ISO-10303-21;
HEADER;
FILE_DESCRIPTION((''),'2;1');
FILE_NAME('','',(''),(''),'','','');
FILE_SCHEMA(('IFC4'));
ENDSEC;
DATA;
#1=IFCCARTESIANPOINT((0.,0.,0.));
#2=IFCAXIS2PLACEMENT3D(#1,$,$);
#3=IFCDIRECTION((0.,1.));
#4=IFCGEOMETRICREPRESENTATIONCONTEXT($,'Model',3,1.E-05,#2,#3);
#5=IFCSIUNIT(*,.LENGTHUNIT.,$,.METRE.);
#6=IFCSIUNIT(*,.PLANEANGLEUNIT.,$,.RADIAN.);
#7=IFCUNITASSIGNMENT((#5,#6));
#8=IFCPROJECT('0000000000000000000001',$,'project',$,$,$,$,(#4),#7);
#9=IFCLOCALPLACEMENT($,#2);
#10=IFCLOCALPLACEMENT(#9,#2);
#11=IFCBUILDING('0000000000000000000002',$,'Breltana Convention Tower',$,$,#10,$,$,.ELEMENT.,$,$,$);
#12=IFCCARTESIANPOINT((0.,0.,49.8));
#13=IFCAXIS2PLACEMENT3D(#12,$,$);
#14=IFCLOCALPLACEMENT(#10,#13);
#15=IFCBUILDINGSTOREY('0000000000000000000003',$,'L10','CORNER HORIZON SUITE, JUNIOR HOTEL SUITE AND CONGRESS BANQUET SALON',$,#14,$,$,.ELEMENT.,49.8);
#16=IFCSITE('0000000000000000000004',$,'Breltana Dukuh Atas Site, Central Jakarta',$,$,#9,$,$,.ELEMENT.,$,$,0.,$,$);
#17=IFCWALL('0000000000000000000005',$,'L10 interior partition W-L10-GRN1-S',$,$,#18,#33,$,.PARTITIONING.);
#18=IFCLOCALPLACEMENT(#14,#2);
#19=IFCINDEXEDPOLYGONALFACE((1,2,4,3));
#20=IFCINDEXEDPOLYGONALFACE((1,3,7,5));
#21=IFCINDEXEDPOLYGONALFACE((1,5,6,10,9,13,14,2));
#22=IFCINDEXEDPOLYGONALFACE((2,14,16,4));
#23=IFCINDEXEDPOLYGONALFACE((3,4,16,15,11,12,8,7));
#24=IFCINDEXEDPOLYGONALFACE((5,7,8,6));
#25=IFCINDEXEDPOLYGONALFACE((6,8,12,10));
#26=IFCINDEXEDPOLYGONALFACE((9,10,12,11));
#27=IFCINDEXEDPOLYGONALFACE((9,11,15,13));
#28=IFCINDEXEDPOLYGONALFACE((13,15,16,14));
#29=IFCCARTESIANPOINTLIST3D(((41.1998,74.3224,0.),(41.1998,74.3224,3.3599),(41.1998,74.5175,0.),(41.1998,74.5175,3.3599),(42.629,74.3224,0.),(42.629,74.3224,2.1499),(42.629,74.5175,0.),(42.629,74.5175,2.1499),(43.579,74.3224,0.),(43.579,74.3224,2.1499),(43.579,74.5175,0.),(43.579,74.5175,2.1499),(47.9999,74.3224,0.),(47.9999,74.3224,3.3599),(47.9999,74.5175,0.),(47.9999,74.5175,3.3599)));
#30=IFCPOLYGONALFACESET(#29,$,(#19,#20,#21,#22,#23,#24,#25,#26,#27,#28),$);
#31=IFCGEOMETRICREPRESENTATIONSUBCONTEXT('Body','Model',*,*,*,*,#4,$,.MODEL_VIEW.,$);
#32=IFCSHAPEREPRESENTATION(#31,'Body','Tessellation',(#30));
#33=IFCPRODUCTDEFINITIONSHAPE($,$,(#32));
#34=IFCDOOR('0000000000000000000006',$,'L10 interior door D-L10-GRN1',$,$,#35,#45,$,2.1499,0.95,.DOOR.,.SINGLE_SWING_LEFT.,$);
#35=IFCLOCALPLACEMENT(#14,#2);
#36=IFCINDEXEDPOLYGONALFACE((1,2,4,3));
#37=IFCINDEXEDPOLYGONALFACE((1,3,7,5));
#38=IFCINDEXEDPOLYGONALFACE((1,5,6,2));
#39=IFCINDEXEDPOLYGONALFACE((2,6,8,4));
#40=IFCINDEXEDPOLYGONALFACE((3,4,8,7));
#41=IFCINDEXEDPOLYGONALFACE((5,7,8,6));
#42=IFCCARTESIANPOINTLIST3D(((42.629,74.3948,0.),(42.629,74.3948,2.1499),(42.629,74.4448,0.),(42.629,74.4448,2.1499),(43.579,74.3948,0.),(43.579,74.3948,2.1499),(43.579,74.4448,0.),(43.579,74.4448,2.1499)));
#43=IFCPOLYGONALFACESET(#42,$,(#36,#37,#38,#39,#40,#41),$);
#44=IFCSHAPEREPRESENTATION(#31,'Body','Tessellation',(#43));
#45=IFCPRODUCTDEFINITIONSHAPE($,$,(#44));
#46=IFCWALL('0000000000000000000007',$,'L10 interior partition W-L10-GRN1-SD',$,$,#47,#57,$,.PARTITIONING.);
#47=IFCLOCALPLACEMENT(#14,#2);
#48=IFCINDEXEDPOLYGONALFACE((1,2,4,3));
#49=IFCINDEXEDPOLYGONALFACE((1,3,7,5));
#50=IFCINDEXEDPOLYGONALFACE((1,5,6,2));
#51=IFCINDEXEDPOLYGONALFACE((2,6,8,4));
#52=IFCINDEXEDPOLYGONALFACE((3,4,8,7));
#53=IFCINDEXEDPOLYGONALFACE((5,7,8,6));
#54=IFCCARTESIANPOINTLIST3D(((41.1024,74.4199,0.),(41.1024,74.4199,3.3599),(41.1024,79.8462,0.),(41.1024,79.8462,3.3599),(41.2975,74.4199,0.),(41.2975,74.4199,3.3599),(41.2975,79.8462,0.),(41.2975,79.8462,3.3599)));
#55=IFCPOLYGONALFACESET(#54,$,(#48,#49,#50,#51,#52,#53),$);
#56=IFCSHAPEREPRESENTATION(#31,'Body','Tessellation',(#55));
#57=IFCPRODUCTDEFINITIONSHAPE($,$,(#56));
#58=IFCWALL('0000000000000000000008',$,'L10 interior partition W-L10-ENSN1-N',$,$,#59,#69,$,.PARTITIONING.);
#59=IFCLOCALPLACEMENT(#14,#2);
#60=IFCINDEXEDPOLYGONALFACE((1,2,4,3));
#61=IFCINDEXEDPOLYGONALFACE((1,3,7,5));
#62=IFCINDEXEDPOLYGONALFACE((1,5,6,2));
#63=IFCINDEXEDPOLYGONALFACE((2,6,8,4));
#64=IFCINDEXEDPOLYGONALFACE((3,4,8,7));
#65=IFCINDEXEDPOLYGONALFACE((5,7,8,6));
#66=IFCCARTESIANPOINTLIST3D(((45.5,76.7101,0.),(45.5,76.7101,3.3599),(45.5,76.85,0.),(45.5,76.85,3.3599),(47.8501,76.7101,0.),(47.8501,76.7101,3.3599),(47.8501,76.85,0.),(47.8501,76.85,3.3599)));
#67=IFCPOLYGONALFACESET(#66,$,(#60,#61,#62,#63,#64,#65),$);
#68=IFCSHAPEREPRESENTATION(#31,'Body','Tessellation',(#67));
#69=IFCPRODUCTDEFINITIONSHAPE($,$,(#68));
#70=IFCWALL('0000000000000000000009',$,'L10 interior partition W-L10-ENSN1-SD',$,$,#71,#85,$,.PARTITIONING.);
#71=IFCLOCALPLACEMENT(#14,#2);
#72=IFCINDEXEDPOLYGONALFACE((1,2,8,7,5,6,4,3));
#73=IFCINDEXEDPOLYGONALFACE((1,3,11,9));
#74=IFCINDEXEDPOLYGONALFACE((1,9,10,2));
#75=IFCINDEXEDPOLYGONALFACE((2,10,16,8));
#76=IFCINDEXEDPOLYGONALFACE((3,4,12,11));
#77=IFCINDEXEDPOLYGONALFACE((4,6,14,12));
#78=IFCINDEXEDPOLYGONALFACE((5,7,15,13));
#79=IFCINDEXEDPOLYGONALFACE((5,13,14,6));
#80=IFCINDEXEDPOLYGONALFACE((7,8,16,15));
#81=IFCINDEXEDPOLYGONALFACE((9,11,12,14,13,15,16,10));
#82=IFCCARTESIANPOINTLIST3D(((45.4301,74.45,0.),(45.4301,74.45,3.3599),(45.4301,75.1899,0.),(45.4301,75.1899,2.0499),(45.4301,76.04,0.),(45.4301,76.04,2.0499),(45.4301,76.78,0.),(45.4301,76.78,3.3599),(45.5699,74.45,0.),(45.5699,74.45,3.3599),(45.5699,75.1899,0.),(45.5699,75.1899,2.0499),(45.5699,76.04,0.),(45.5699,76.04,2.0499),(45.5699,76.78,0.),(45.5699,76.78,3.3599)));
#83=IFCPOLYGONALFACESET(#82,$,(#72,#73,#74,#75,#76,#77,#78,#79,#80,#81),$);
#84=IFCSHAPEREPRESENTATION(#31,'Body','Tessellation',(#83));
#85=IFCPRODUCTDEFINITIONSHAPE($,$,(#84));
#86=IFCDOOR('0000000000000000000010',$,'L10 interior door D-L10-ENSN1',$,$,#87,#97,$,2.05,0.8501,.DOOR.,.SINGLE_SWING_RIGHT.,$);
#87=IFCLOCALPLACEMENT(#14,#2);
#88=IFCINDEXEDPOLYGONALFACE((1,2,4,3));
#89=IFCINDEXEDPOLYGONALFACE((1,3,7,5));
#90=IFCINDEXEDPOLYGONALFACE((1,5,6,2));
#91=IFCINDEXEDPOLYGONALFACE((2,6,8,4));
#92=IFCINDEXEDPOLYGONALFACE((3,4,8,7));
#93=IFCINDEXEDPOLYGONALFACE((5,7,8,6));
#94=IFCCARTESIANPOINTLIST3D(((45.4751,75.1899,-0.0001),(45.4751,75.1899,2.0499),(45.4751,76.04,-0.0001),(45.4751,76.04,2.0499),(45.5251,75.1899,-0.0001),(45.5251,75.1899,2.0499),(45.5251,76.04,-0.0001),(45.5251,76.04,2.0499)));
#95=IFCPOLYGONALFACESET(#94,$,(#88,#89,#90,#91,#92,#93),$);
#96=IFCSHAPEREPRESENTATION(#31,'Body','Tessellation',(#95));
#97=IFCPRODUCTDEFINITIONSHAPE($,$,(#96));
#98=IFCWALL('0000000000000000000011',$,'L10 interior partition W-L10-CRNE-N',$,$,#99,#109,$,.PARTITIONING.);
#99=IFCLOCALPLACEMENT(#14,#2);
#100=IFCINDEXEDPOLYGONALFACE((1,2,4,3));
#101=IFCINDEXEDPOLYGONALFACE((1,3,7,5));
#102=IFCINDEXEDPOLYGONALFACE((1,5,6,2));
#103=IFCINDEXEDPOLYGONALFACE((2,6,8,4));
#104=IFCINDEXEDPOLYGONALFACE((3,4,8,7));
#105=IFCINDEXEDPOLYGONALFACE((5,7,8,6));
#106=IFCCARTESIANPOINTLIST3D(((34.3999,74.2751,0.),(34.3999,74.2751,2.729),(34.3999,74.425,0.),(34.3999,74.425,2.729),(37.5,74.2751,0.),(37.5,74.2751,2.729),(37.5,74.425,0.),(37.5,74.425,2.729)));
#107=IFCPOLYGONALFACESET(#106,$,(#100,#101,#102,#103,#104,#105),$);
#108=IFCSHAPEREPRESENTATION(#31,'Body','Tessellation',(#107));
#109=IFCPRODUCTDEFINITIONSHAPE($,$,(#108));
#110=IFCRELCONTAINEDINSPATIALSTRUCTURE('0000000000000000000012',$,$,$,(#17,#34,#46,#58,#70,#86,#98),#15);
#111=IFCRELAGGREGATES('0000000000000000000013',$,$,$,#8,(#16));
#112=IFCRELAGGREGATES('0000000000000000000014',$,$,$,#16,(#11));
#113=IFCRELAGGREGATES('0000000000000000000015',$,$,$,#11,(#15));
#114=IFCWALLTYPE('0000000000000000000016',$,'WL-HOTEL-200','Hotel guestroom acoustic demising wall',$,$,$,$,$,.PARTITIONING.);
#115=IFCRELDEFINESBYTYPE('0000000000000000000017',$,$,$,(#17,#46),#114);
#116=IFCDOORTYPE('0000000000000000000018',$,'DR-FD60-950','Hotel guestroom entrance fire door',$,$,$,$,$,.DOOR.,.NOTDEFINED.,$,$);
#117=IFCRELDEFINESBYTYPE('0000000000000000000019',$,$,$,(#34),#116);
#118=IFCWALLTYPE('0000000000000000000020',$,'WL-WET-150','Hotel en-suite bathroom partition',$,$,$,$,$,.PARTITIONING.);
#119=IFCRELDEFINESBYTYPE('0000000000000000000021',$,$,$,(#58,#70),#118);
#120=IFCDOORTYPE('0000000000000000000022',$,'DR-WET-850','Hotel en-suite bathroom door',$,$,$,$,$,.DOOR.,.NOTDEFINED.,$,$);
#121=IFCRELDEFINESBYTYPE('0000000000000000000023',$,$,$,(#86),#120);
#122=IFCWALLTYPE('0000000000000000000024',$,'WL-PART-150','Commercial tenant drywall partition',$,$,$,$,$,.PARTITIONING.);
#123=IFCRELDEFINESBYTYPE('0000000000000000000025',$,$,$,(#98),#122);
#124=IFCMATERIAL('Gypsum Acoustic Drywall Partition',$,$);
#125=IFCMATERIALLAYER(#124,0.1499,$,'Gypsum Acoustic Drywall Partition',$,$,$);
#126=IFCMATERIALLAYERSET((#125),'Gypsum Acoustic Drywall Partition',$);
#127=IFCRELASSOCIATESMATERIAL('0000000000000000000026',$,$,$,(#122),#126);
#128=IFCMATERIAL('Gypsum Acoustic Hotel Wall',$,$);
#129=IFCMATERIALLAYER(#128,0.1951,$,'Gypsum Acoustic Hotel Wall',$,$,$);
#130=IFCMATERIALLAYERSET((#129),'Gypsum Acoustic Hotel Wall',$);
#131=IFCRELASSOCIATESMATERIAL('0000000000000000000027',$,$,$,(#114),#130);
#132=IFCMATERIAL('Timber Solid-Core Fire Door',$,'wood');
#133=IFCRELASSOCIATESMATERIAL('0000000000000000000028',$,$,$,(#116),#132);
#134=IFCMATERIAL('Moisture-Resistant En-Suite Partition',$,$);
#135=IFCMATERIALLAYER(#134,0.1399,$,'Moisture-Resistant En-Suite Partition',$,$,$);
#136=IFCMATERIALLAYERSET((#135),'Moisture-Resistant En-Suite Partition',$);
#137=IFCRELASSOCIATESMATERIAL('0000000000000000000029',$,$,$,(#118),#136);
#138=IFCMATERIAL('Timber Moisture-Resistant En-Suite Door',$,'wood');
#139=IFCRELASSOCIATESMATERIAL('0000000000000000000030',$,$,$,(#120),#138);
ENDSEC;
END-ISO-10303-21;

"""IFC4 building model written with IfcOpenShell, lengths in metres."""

from ifc_helpers import new_model, si_unit, direction, frame, frame_2d, origin, place, context, subcontext, project, spatial, rectangle, extrude, source, transform, mapped, material, layer, layer_set, type_object, type_shapes, element, fill, save


model = new_model("IFC4")

# Units and contexts
model_context = context("Model", 3, precision=1e-05, world=origin(), true_north=direction((0.0, 1.0)))
body_context = subcontext(model_context, "Body", "Model", "MODEL_VIEW")
ifc_project = project(units=[si_unit("LENGTHUNIT", "METRE"), si_unit("PLANEANGLEUNIT", "RADIAN")], contexts=[model_context])

# Site, building, storey
site_placement = place(None, origin())
site = spatial("IfcSite", under=ifc_project, at=site_placement, Name="Breltana Dukuh Atas Site, Central Jakarta", CompositionType="ELEMENT", RefElevation=0.0)
building_placement = place(site_placement, origin())
building = spatial("IfcBuilding", under=site, at=building_placement, Name="Breltana Convention Tower", CompositionType="ELEMENT")
storey_placement = place(building_placement, frame((0.0, 0.0, 49.8)))
storey = spatial("IfcBuildingStorey", under=building, at=storey_placement, Name="L10", Description="CORNER HORIZON SUITE, JUNIOR HOTEL SUITE AND CONGRESS BANQUET SALON", CompositionType="ELEMENT", Elevation=49.8)

# Shared definitions
ifc_material_1 = material(Name="Gypsum Acoustic Drywall Partition")
ifc_layer_1 = layer(ifc_material_1, 0.1499, Name="Gypsum Acoustic Drywall Partition")
ifc_layer_set_1 = layer_set([ifc_layer_1], Name="Gypsum Acoustic Drywall Partition")
wall_type_1 = type_object("IfcWallType", Name="WL-PART-150", Description="Commercial tenant drywall partition", PredefinedType="PARTITIONING", material=ifc_layer_set_1)

# Wall, opening, door
ifc_material_2 = material(Name="Gypsum Acoustic Hotel Wall")
ifc_layer_2 = layer(ifc_material_2, 0.1951, Name="Gypsum Acoustic Hotel Wall")
ifc_layer_set_2 = layer_set([ifc_layer_2], Name="Gypsum Acoustic Hotel Wall")
wall_type_2 = type_object("IfcWallType", Name="WL-HOTEL-200", Description="Hotel guestroom acoustic demising wall", PredefinedType="PARTITIONING", material=ifc_layer_set_2)
shared_shape_1 = source(origin(), body_context, "Body", "SweptSolid", [
    extrude(rectangle(XDim=6.8, YDim=0.1951, at=frame_2d((3.3999, 0.0))), origin(), (0.0, 0.0, 1.0), 3.3599),
])
wall_1_placement = place(storey_placement, frame((41.2, 74.4199, 0.0), z_axis=(0.0, 0.0, 1.0), x_axis=(1.0, 0.0, 0.0)))
wall_1 = element("IfcWall", 1, at=wall_1_placement, inside=storey, type_object=wall_type_2, Name="L10 interior partition W-L10-GRN1-S", PredefinedType="PARTITIONING", context=body_context, shape_type="MappedRepresentation", body=[
    mapped(shared_shape_1, transform((0.0, 0.0, 0.0), scale=1.0)),
])
opening_1_placement = place(wall_1_placement, frame((1.429, 0.0, 0.0)))
opening_1 = element("IfcOpeningElement", 2, at=opening_1_placement, cuts=wall_1, PredefinedType="OPENING", context=body_context, shape_type="SweptSolid", body=[
    extrude(rectangle(XDim=0.95, YDim=2.1499, at=frame_2d((0.4751, 1.075))), frame((0.0, 0.1074, 0.0), z_axis=(0.0, -1.0, 0.0), x_axis=(1.0, 0.0, 0.0)), (0.0, 0.0, 1.0), 0.2151),
])
ifc_material_3 = material(Name="Timber Solid-Core Fire Door", Category="wood")
door_type_1 = type_object("IfcDoorType", Name="DR-FD60-950", Description="Hotel guestroom entrance fire door", OperationType="NOTDEFINED", PredefinedType="DOOR", material=ifc_material_3)
shared_shape_2 = source(origin(), body_context, "Body", "SweptSolid", [
    extrude(rectangle(XDim=0.95, YDim=2.1499, at=frame_2d((0.4751, 1.075))), frame((0.0, 0.0249, 0.0), z_axis=(0.0, -1.0, 0.0), x_axis=(1.0, 0.0, 0.0)), (0.0, 0.0, 1.0), 0.05),
])
type_shapes(door_type_1, [shared_shape_2])
door_1_placement = place(opening_1_placement, origin())
door_1 = element("IfcDoor", 3, at=door_1_placement, inside=storey, type_object=door_type_1, Name="L10 interior door D-L10-GRN1", OperationType="SINGLE_SWING_LEFT", OverallHeight=2.1499, OverallWidth=0.95, PredefinedType="DOOR", context=body_context, shape_type="MappedRepresentation", body=[
    mapped(shared_shape_2, transform((0.0, 0.0, 0.0), scale=1.0)),
])
fill(opening_1, door_1)

# Walls
shared_shape_3 = source(origin(), body_context, "Body", "SweptSolid", [
    extrude(rectangle(XDim=5.4263, YDim=0.1951, at=frame_2d((2.7131, 0.0))), origin(), (0.0, 0.0, 1.0), 3.3599),
])
wall_2_placement = place(storey_placement, frame((41.2, 74.4199, 0.0), z_axis=(0.0, 0.0, 1.0), x_axis=(0.0, 1.0, 0.0)))
element("IfcWall", 4, at=wall_2_placement, inside=storey, type_object=wall_type_2, Name="L10 interior partition W-L10-GRN1-SD", PredefinedType="PARTITIONING", context=body_context, shape_type="MappedRepresentation", body=[
    mapped(shared_shape_3, transform((0.0, 0.0, 0.0), scale=1.0)),
])
ifc_material_4 = material(Name="Moisture-Resistant En-Suite Partition")
ifc_layer_3 = layer(ifc_material_4, 0.1399, Name="Moisture-Resistant En-Suite Partition")
ifc_layer_set_3 = layer_set([ifc_layer_3], Name="Moisture-Resistant En-Suite Partition")
wall_type_3 = type_object("IfcWallType", Name="WL-WET-150", Description="Hotel en-suite bathroom partition", PredefinedType="PARTITIONING", material=ifc_layer_set_3)
shared_shape_4 = source(origin(), body_context, "Body", "SweptSolid", [
    extrude(rectangle(XDim=2.3501, YDim=0.1399, at=frame_2d((1.175, 0.0))), origin(), (0.0, 0.0, 1.0), 3.3599),
])
wall_3_placement = place(storey_placement, frame((45.5, 76.78, 0.0), z_axis=(0.0, 0.0, 1.0), x_axis=(1.0, 0.0, 0.0)))
element("IfcWall", 5, at=wall_3_placement, inside=storey, type_object=wall_type_3, Name="L10 interior partition W-L10-ENSN1-N", PredefinedType="PARTITIONING", context=body_context, shape_type="MappedRepresentation", body=[
    mapped(shared_shape_4, transform((0.0, 0.0, 0.0), scale=1.0)),
])

# Wall, opening, door
shared_shape_5 = source(origin(), body_context, "Body", "SweptSolid", [
    extrude(rectangle(XDim=2.3301, YDim=0.1399, at=frame_2d((1.165, 0.0))), origin(), (0.0, 0.0, 1.0), 3.3599),
])
wall_4_placement = place(storey_placement, frame((45.5, 74.45, 0.0), z_axis=(0.0, 0.0, 1.0), x_axis=(0.0, 1.0, 0.0)))
wall_4 = element("IfcWall", 6, at=wall_4_placement, inside=storey, type_object=wall_type_3, Name="L10 interior partition W-L10-ENSN1-SD", PredefinedType="PARTITIONING", context=body_context, shape_type="MappedRepresentation", body=[
    mapped(shared_shape_5, transform((0.0, 0.0, 0.0), scale=1.0)),
])
opening_2_placement = place(wall_4_placement, frame((0.74, 0.0, 0.0)))
opening_2 = element("IfcOpeningElement", 7, at=opening_2_placement, cuts=wall_4, PredefinedType="OPENING", context=body_context, shape_type="SweptSolid", body=[
    extrude(rectangle(XDim=0.8501, YDim=2.05, at=frame_2d((0.425, 1.0249))), frame((0.0, 0.0801, 0.0), z_axis=(0.0, -1.0, 0.0), x_axis=(1.0, 0.0, 0.0)), (0.0, 0.0, 1.0), 0.1599),
])
ifc_material_5 = material(Name="Timber Moisture-Resistant En-Suite Door", Category="wood")
door_type_2 = type_object("IfcDoorType", Name="DR-WET-850", Description="Hotel en-suite bathroom door", OperationType="NOTDEFINED", PredefinedType="DOOR", material=ifc_material_5)
shared_shape_6 = source(origin(), body_context, "Body", "SweptSolid", [
    extrude(rectangle(XDim=0.8501, YDim=2.05, at=frame_2d((0.425, 1.0249))), frame((0.0, 0.0249, 0.0), z_axis=(0.0, -1.0, 0.0), x_axis=(1.0, 0.0, 0.0)), (0.0, 0.0, 1.0), 0.05),
])
type_shapes(door_type_2, [shared_shape_6])
door_2_placement = place(opening_2_placement, origin())
door_2 = element("IfcDoor", 8, at=door_2_placement, inside=storey, type_object=door_type_2, Name="L10 interior door D-L10-ENSN1", OperationType="SINGLE_SWING_RIGHT", OverallHeight=2.05, OverallWidth=0.8501, PredefinedType="DOOR", context=body_context, shape_type="MappedRepresentation", body=[
    mapped(shared_shape_6, transform((0.0, 0.0, 0.0), scale=1.0)),
])
fill(opening_2, door_2)

# Wall
shared_shape_7 = source(origin(), body_context, "Body", "SweptSolid", [
    extrude(rectangle(XDim=3.1001, YDim=0.1499, at=frame_2d((1.55, 0.0))), origin(), (0.0, 0.0, 1.0), 2.729),
])
wall_5_placement = place(storey_placement, frame((34.3999, 74.3501, 0.0), z_axis=(0.0, 0.0, 1.0), x_axis=(1.0, 0.0, 0.0)))
element("IfcWall", 9, at=wall_5_placement, inside=storey, type_object=wall_type_1, Name="L10 interior partition W-L10-CRNE-N", PredefinedType="PARTITIONING", context=body_context, shape_type="MappedRepresentation", body=[
    mapped(shared_shape_7, transform((0.0, 0.0, 0.0), scale=1.0)),
])

save(model, "model.ifc")
